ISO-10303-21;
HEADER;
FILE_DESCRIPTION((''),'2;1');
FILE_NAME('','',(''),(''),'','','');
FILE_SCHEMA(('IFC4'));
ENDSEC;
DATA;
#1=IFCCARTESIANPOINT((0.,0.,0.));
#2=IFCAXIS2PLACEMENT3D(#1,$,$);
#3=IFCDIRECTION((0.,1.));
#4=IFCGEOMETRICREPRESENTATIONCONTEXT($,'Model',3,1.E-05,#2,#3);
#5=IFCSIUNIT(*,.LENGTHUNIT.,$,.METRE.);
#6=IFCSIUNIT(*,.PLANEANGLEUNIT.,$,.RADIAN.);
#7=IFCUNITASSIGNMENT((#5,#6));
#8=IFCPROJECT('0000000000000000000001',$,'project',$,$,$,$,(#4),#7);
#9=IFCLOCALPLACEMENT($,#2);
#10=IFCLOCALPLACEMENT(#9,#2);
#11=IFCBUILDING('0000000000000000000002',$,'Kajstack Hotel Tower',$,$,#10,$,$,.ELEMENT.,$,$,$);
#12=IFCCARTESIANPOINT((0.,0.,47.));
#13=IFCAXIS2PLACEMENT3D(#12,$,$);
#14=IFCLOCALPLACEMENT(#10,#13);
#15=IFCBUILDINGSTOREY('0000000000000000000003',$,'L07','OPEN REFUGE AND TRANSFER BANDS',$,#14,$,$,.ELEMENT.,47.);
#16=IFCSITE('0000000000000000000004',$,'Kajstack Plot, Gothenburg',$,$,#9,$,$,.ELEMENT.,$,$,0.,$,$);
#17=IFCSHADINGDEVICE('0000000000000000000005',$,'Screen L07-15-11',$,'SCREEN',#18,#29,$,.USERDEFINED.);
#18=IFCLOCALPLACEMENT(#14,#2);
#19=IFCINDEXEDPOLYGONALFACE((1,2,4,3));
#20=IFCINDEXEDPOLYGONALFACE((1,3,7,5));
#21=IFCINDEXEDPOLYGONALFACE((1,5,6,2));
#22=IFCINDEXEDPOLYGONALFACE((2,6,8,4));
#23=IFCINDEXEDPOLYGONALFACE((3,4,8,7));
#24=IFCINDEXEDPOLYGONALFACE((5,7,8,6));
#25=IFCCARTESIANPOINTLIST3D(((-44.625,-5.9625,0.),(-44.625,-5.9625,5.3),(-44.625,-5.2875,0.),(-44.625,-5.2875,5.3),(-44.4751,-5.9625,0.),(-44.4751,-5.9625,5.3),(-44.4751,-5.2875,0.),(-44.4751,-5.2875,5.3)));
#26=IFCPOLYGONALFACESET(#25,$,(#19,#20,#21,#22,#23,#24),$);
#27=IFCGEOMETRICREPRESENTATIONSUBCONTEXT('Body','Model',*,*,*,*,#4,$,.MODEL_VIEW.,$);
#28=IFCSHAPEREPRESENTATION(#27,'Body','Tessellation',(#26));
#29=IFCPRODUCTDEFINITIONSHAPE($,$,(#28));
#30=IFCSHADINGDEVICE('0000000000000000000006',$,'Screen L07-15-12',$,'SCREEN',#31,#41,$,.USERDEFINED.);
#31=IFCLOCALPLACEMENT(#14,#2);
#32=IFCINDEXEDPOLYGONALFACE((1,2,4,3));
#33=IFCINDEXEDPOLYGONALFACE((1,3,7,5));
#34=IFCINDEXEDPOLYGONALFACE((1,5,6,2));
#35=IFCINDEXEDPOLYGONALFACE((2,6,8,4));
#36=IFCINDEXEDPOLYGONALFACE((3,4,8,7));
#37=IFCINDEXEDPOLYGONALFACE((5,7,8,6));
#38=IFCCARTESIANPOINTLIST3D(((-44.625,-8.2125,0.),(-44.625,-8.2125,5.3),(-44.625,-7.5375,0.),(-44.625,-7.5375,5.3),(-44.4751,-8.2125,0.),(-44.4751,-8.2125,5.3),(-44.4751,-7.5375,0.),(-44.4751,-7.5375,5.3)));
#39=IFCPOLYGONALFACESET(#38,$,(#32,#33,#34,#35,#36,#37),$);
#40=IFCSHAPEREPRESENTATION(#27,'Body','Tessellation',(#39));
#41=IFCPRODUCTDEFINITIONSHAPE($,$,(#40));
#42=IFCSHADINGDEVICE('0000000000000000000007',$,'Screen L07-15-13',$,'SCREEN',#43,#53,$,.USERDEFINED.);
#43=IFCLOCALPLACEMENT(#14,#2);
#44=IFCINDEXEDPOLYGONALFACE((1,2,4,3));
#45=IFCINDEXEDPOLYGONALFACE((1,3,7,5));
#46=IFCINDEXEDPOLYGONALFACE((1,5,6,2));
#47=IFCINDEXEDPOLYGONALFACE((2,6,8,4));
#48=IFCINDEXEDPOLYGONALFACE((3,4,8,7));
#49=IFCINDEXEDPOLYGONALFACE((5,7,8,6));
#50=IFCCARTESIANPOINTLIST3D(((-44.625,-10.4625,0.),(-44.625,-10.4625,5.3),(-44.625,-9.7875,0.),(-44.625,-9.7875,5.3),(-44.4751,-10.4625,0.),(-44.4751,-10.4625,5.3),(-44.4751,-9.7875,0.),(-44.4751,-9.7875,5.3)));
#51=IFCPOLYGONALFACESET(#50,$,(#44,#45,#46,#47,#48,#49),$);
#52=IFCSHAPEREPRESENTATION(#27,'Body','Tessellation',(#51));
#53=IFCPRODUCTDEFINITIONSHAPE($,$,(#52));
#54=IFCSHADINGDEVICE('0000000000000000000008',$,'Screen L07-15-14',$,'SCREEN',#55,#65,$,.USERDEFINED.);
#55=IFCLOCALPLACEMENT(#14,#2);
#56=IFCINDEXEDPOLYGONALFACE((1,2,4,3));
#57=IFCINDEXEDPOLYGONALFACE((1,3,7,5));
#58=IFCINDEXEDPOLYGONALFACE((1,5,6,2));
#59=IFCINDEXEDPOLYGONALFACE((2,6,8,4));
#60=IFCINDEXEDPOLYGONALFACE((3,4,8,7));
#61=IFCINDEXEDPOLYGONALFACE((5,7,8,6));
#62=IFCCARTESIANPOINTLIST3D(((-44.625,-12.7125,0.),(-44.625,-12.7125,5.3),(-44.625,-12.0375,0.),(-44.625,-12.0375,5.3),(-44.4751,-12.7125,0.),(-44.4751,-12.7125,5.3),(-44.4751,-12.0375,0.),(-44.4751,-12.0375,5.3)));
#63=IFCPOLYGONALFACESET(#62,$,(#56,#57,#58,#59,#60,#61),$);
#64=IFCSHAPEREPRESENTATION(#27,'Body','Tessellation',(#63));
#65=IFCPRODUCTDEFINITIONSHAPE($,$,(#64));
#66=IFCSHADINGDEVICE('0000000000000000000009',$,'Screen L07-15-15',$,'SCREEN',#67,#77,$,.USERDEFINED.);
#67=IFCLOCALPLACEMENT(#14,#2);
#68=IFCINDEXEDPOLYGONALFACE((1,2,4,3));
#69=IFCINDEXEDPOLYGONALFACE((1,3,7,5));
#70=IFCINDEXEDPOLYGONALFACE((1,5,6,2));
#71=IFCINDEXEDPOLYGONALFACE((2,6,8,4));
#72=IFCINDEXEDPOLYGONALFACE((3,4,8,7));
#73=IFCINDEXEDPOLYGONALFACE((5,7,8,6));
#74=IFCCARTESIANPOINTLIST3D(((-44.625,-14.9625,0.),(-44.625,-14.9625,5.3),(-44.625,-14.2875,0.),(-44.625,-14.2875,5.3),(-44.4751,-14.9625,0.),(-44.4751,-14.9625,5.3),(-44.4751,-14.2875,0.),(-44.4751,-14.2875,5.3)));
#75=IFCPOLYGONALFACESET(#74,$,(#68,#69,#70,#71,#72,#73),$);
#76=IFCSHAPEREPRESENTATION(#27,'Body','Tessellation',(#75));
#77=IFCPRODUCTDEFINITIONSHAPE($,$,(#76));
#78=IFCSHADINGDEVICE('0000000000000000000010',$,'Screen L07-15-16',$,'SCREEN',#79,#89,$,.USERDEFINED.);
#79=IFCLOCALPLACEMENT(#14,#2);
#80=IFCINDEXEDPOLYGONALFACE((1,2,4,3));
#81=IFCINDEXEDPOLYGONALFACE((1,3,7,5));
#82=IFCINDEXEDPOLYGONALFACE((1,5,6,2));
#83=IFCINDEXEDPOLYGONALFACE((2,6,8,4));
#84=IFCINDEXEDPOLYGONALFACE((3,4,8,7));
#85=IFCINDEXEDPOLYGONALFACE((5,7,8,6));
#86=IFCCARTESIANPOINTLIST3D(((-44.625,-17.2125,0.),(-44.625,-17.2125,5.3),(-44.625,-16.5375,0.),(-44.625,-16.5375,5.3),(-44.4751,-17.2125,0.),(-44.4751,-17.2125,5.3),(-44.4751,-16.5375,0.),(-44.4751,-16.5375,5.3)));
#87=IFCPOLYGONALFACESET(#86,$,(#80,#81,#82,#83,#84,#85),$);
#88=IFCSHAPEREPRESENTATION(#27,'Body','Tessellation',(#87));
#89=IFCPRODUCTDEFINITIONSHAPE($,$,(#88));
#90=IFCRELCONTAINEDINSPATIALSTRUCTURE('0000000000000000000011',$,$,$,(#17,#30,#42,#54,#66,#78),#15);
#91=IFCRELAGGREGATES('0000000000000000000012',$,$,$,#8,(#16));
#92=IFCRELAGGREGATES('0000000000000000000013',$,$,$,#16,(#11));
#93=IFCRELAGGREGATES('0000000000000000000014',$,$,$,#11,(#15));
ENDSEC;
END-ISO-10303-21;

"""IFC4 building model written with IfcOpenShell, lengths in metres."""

from ifc_helpers import new_model, si_unit, direction, frame, origin, origin_2d, place, context, subcontext, project, spatial, rectangle, extrude, element, save


model = new_model("IFC4")

# Units and contexts
model_context = context("Model", 3, precision=1e-05, world=origin(), true_north=direction((0.0, 1.0)))
body_context = subcontext(model_context, "Body", "Model", "MODEL_VIEW")
ifc_project = project(units=[si_unit("LENGTHUNIT", "METRE"), si_unit("PLANEANGLEUNIT", "RADIAN")], contexts=[model_context])

# Site, building, storey
site_placement = place(None, origin())
site = spatial("IfcSite", under=ifc_project, at=site_placement, Name="Kajstack Plot, Gothenburg", CompositionType="ELEMENT", RefElevation=0.0)
building_placement = place(site_placement, origin())
building = spatial("IfcBuilding", under=site, at=building_placement, Name="Kajstack Hotel Tower", CompositionType="ELEMENT")
storey_placement = place(building_placement, frame((0.0, 0.0, 47.0)))
storey = spatial("IfcBuildingStorey", under=building, at=storey_placement, Name="L07", Description="OPEN REFUGE AND TRANSFER BANDS", CompositionType="ELEMENT", Elevation=47.0)

# Shading devices
for number, where, z_axis, x_axis, name in (
    (1, (-44.55, -5.625, 0.0), (0.0, 0.0, 1.0), (0.0, -1.0, 0.0), "Screen L07-15-11"),
    (2, (-44.55, -7.875, 0.0), (0.0, 0.0, 1.0), (0.0, -1.0, 0.0), "Screen L07-15-12"),
    (3, (-44.55, -10.125, 0.0), (0.0, 0.0, 1.0), (0.0, -1.0, 0.0), "Screen L07-15-13"),
    (4, (-44.55, -12.375, 0.0), (0.0, 0.0, 1.0), (0.0, -1.0, 0.0), "Screen L07-15-14"),
    (5, (-44.55, -14.625, 0.0), (0.0, 0.0, 1.0), (0.0, -1.0, 0.0), "Screen L07-15-15"),
    (6, (-44.55, -16.875, 0.0), (0.0, 0.0, 1.0), (0.0, -1.0, 0.0), "Screen L07-15-16"),
):
    element("IfcShadingDevice", number, at=place(storey_placement, frame(where, z_axis=z_axis, x_axis=x_axis)), inside=storey, Name=name, ObjectType="SCREEN", PredefinedType="USERDEFINED", context=body_context, shape_type="SweptSolid", body=[
        extrude(rectangle(XDim=0.675, YDim=0.1499, at=origin_2d()), origin(), (0.0, 0.0, 1.0), 5.3),
    ])

save(model, "model.ifc")
